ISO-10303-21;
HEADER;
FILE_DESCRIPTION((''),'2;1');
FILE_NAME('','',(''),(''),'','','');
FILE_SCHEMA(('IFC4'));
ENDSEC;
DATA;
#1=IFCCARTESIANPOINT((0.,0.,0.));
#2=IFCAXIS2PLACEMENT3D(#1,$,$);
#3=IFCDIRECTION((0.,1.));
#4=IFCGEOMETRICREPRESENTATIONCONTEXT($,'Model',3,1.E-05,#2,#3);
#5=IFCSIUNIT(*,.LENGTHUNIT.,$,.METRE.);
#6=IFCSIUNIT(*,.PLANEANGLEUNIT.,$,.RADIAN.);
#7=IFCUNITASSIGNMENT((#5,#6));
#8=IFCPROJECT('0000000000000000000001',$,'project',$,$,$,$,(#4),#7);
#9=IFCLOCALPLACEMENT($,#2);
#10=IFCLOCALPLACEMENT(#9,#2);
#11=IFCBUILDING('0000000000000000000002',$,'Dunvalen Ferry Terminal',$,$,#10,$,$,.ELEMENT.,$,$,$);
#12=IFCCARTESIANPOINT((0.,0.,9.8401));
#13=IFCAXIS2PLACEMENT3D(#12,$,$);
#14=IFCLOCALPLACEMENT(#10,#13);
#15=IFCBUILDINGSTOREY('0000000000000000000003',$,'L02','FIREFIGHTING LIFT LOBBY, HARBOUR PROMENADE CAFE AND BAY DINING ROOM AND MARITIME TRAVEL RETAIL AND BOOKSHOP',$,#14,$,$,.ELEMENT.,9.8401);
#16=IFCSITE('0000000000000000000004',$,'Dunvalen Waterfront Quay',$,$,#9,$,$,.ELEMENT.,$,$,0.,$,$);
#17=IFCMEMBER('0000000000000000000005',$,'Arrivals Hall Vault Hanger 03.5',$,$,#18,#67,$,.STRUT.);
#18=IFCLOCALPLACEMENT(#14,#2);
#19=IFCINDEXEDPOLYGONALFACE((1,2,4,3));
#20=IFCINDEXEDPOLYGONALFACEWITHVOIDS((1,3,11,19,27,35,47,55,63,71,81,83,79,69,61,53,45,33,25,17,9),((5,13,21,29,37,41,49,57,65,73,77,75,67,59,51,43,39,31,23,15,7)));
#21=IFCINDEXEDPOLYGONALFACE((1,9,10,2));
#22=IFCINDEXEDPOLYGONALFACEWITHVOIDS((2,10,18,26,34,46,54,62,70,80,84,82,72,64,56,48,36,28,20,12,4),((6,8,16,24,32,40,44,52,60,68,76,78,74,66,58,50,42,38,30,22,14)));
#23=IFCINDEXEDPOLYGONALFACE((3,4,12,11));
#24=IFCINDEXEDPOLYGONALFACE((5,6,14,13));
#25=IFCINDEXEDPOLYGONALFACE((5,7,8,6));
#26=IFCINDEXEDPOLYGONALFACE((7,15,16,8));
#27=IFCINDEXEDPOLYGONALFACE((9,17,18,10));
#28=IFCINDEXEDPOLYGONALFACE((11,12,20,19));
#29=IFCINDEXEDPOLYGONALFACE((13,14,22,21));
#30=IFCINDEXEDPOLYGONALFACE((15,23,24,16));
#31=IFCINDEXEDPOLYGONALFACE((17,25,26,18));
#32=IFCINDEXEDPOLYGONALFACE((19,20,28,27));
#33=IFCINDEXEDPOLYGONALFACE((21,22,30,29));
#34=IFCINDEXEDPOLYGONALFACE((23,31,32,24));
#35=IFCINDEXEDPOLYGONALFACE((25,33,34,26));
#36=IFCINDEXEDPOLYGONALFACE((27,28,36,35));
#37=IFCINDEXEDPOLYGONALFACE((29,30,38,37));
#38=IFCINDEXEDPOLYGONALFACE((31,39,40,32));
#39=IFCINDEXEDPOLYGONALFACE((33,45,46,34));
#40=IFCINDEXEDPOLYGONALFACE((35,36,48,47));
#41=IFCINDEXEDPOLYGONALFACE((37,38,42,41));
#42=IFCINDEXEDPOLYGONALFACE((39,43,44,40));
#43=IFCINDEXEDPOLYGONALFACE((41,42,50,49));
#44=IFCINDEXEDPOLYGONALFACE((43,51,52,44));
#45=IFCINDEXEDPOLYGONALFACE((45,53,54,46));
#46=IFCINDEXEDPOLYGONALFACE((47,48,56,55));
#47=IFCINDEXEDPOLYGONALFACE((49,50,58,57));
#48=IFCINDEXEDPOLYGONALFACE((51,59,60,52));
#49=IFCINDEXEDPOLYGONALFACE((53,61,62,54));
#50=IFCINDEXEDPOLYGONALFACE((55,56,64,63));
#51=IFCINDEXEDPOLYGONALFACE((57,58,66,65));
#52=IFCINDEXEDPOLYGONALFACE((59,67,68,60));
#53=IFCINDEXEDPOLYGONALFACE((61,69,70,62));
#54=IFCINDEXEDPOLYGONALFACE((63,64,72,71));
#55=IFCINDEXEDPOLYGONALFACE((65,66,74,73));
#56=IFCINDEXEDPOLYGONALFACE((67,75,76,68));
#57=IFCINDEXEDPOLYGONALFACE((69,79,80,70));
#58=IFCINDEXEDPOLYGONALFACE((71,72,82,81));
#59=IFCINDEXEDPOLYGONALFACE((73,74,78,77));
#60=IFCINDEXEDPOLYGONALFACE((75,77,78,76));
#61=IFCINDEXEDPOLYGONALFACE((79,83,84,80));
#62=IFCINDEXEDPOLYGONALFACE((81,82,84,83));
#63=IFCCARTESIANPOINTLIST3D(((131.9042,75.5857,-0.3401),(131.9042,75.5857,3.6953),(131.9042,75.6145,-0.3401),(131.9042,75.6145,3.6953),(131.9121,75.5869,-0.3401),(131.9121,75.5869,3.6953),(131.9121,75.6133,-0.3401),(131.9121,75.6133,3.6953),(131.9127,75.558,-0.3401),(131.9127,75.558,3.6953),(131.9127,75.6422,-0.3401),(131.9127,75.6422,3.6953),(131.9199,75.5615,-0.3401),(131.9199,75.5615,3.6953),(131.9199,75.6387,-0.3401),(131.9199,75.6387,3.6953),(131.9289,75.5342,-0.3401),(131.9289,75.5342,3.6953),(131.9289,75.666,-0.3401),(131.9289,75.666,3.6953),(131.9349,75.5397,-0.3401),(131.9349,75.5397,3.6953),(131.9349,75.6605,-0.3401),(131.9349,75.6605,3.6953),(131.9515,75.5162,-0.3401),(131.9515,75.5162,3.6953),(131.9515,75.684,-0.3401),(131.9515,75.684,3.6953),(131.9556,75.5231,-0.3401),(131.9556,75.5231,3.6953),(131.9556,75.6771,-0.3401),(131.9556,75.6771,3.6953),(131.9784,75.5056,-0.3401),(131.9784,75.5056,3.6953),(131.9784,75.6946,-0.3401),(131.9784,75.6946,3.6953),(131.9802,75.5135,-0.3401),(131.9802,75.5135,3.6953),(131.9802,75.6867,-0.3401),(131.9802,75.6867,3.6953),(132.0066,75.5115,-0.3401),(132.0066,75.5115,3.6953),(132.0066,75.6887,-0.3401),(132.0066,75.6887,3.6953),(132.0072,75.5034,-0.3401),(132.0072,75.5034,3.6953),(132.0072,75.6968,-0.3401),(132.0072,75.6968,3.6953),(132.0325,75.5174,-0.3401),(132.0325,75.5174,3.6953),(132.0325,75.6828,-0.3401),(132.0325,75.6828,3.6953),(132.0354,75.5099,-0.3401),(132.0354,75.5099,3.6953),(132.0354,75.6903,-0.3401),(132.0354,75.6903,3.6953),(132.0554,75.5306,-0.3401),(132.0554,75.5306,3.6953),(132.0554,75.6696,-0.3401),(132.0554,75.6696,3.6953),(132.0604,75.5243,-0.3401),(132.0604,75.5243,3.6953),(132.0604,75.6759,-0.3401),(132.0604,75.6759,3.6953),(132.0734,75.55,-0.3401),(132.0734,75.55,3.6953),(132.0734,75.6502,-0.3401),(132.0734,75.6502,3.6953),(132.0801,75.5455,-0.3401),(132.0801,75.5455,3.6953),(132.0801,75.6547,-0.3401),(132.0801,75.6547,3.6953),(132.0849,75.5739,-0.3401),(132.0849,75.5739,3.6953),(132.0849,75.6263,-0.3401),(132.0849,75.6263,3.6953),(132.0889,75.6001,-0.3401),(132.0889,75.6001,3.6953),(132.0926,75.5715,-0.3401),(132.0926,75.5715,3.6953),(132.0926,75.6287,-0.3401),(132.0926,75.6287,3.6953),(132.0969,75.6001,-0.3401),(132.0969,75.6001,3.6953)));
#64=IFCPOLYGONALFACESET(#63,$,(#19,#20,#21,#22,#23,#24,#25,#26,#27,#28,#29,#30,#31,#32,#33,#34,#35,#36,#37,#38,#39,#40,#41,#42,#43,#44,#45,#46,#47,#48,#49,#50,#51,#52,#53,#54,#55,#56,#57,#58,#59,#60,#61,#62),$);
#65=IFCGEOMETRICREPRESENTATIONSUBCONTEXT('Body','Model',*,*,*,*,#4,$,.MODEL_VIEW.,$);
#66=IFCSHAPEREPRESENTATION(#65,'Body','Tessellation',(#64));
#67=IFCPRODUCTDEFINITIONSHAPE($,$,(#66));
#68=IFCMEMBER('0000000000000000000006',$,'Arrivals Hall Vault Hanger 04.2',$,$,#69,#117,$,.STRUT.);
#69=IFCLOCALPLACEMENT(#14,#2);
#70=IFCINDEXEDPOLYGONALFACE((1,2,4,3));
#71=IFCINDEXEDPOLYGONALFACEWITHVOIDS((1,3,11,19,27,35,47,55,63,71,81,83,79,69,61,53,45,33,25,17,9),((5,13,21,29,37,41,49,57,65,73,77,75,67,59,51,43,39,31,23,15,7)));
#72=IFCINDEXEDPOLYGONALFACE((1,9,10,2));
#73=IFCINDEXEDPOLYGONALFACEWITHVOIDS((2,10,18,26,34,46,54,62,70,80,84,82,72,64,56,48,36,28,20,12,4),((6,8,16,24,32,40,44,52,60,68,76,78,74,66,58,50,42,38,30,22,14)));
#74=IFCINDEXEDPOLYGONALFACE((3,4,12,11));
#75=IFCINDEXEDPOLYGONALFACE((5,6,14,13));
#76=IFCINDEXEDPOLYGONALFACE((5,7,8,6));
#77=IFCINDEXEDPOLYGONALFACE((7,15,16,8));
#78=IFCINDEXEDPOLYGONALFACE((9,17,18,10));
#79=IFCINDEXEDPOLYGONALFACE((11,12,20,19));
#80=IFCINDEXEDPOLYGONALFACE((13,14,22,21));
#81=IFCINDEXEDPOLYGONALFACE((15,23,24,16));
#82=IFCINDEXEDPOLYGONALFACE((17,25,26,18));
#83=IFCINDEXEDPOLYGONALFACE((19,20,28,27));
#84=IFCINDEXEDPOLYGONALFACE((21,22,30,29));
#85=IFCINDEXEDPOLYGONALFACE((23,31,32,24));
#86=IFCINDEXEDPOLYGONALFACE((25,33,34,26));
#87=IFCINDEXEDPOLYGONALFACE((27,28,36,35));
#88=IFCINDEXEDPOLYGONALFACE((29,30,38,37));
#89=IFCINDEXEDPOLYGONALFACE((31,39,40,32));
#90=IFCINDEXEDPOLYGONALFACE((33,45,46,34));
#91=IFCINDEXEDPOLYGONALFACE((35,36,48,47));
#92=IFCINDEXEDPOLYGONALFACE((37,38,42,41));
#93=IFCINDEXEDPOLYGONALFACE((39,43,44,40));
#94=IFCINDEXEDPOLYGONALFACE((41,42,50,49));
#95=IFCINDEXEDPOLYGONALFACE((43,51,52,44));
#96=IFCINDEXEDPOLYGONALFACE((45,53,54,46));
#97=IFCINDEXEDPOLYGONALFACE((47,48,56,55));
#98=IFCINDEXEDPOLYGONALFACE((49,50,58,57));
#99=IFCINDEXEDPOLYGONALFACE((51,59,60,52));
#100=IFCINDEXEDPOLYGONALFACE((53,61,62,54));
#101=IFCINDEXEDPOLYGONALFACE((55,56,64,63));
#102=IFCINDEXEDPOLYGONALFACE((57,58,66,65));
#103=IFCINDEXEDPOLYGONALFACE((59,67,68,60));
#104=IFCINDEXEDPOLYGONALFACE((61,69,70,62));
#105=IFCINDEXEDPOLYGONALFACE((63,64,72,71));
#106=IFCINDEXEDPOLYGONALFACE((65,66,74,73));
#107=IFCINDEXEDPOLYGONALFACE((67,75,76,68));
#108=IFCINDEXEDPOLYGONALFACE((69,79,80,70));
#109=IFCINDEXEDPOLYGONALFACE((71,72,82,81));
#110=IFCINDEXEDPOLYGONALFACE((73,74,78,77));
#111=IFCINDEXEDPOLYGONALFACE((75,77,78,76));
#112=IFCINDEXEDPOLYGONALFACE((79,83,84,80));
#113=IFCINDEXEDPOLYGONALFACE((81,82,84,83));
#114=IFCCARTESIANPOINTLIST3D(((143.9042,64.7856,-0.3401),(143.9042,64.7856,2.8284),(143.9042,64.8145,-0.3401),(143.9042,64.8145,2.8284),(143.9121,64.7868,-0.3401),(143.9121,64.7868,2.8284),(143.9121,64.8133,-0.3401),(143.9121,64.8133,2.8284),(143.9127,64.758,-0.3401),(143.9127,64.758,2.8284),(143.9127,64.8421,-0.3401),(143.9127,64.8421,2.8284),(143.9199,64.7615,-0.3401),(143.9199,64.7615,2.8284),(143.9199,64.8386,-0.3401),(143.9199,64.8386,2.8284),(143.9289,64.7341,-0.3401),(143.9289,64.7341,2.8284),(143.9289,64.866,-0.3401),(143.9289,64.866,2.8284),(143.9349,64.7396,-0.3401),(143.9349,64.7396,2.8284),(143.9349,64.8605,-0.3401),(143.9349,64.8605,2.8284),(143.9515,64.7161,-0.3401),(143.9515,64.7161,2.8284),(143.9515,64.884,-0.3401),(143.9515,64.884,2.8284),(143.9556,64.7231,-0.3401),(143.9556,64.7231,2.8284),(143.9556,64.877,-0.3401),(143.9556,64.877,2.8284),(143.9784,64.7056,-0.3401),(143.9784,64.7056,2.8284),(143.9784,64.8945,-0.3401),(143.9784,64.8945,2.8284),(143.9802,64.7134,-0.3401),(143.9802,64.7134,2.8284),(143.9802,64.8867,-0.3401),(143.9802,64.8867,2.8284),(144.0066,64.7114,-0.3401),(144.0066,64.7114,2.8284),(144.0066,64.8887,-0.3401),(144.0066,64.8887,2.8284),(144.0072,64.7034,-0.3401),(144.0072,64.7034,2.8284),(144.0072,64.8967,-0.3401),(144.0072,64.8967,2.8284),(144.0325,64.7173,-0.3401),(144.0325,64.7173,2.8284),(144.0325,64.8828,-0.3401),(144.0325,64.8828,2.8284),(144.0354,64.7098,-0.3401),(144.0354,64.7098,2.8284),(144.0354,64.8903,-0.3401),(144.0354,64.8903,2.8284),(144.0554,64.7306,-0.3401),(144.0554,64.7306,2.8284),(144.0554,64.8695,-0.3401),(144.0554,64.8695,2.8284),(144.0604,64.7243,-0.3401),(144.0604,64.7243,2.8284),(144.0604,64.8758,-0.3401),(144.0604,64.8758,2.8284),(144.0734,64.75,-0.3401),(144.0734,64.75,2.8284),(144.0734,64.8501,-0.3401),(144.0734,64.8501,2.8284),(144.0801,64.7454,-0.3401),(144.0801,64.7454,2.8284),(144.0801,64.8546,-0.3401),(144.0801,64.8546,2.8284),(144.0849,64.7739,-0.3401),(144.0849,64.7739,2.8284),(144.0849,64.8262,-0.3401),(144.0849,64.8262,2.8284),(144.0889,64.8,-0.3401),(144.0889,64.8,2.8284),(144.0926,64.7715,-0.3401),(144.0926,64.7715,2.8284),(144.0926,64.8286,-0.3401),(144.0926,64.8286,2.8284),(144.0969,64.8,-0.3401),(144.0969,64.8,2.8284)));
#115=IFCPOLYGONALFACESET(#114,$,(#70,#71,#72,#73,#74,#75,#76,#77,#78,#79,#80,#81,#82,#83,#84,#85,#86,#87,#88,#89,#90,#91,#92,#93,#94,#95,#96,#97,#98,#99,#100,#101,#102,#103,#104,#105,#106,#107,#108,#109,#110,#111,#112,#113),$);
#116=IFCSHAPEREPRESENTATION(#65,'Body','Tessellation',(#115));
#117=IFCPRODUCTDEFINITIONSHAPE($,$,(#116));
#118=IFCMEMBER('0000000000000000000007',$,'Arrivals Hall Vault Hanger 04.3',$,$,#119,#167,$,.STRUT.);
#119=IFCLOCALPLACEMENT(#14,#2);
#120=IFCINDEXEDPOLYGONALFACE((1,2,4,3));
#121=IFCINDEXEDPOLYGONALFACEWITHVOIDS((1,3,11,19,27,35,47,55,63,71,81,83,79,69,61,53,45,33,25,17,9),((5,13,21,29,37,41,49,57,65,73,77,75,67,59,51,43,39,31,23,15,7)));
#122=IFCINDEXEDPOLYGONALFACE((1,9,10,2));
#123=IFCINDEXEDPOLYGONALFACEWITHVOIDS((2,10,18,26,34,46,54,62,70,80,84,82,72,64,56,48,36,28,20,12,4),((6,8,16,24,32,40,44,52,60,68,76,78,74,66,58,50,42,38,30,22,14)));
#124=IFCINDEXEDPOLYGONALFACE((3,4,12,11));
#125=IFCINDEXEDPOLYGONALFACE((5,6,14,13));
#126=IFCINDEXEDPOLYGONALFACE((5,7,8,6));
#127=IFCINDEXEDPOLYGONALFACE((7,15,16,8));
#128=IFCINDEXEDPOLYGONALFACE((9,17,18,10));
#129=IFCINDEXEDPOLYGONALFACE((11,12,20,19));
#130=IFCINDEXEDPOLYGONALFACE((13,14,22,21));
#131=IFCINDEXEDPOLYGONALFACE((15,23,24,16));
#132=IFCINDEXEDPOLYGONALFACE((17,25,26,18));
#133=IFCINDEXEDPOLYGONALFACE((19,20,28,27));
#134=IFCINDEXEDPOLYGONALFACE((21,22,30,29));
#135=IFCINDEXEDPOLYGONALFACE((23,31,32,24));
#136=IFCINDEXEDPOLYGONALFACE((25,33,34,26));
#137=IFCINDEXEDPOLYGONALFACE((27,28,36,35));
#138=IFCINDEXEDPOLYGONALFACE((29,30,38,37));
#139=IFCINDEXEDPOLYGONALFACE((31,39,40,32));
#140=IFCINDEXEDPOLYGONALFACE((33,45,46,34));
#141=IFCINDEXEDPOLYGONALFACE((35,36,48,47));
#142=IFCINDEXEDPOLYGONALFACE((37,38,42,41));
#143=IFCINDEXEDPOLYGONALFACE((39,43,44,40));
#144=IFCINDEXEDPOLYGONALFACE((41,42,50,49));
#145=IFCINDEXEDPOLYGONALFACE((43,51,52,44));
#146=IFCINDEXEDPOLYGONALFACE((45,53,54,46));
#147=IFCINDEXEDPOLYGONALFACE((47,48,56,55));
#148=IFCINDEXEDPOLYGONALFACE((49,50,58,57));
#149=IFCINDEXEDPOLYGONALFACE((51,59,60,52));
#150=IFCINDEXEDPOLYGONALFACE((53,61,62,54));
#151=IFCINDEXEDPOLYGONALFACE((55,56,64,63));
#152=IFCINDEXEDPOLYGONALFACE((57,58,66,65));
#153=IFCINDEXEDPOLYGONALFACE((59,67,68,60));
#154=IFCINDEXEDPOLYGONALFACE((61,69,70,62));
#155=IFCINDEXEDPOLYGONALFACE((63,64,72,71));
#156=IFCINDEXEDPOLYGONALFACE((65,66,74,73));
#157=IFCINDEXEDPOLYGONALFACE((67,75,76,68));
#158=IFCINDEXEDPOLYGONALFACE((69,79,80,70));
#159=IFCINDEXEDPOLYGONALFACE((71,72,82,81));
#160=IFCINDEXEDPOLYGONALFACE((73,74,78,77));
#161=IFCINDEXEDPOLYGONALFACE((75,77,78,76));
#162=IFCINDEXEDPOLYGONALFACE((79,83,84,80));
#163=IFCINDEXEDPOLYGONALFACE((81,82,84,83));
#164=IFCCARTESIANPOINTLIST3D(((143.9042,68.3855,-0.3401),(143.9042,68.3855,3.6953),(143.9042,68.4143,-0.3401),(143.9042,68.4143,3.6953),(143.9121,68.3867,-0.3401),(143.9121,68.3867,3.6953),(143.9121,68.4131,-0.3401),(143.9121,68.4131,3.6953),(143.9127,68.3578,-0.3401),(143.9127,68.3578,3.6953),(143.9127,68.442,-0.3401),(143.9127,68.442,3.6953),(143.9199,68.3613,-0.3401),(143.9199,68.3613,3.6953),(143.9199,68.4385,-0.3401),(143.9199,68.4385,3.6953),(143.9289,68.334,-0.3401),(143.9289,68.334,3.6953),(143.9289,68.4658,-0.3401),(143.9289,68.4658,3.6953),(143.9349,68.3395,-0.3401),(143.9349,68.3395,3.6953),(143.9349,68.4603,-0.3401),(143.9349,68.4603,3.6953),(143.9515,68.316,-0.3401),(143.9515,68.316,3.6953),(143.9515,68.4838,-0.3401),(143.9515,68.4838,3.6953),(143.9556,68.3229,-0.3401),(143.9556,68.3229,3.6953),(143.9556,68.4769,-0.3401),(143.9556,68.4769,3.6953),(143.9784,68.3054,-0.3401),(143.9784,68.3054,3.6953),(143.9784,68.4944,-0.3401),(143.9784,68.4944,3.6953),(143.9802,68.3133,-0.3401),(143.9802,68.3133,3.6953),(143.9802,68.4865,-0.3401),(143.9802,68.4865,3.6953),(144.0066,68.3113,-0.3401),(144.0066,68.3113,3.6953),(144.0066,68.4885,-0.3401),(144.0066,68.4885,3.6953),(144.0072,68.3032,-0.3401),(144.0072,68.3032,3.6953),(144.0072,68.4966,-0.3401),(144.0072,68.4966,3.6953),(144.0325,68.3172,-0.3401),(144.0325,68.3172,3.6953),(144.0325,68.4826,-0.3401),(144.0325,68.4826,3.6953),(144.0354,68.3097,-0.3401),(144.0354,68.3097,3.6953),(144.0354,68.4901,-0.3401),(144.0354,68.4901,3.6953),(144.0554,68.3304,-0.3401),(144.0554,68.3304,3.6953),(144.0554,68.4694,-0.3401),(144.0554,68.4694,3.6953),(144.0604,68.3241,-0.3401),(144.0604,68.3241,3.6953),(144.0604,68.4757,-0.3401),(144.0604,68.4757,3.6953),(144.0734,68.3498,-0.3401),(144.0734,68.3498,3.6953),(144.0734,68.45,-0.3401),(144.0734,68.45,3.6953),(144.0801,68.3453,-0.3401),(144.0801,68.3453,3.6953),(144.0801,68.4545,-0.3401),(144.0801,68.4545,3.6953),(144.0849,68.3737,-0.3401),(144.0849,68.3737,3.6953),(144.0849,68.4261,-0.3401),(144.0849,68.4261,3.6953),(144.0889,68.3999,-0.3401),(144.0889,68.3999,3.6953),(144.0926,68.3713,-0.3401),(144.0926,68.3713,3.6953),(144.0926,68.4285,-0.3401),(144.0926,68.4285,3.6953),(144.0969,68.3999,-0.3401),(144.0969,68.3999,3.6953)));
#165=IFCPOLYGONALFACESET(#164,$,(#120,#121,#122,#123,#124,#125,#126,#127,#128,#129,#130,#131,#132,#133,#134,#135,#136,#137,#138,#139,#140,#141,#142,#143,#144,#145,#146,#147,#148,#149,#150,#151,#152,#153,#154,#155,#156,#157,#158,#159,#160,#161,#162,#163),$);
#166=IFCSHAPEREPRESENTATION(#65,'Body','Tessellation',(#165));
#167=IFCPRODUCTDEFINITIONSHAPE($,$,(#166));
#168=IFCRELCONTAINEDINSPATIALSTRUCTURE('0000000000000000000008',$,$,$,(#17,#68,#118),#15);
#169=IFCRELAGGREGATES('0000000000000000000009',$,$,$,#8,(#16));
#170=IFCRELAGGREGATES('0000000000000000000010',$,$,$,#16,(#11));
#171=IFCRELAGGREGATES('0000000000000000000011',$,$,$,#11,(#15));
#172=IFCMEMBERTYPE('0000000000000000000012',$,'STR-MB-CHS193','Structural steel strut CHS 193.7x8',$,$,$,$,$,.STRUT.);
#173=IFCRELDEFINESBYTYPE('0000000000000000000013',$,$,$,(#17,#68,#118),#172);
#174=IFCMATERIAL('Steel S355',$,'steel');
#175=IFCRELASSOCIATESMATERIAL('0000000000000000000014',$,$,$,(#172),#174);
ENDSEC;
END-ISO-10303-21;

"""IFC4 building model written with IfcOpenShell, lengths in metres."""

from ifc_helpers import new_model, si_unit, direction, frame, origin, origin_2d, place, context, subcontext, project, spatial, hollow_circle, extrude, material, material_profile, profile_set, type_object, element, save


model = new_model("IFC4")

# Units and contexts
model_context = context("Model", 3, precision=1e-05, world=origin(), true_north=direction((0.0, 1.0)))
body_context = subcontext(model_context, "Body", "Model", "MODEL_VIEW")
ifc_project = project(units=[si_unit("LENGTHUNIT", "METRE"), si_unit("PLANEANGLEUNIT", "RADIAN")], contexts=[model_context])

# Site, building, storey
site_placement = place(None, origin())
site = spatial("IfcSite", under=ifc_project, at=site_placement, Name="Dunvalen Waterfront Quay", CompositionType="ELEMENT", RefElevation=0.0)
building_placement = place(site_placement, origin())
building = spatial("IfcBuilding", under=site, at=building_placement, Name="Dunvalen Ferry Terminal", CompositionType="ELEMENT")
storey_placement = place(building_placement, frame((0.0, 0.0, 9.8401)))
storey = spatial("IfcBuildingStorey", under=building, at=storey_placement, Name="L02", Description="FIREFIGHTING LIFT LOBBY, HARBOUR PROMENADE CAFE AND BAY DINING ROOM AND MARITIME TRAVEL RETAIL AND BOOKSHOP", CompositionType="ELEMENT", Elevation=9.8401)

# Shared definitions
ifc_material_1 = material(Name="Steel S355", Category="steel")

# Members
ifc_material_profile_1 = material_profile(ifc_material_1, hollow_circle(Radius=0.0969, WallThickness=0.0081, at=origin_2d()), Name="Steel S355")
ifc_profile_set_1 = profile_set([ifc_material_profile_1], Name="Steel S355")
member_type_1 = type_object("IfcMemberType", Name="STR-MB-CHS193", Description="Structural steel strut CHS 193.7x8", PredefinedType="STRUT", material=ifc_profile_set_1)
member_1_placement = place(storey_placement, frame((132.0, 75.6001, -0.3401), z_axis=(0.0, 0.0, 1.0), x_axis=(1.0, 0.0, 0.0)))
element("IfcMember", 1, at=member_1_placement, inside=storey, type_object=member_type_1, Name="Arrivals Hall Vault Hanger 03.5", PredefinedType="STRUT", context=body_context, shape_type="SweptSolid", body=[
    extrude(hollow_circle(Radius=0.0969, WallThickness=0.0081, at=origin_2d()), origin(), (0.0, 0.0, 1.0), 4.0354),
])
member_2_placement = place(storey_placement, frame((144.0, 64.8, -0.3401), z_axis=(0.0, 0.0, 1.0), x_axis=(1.0, 0.0, 0.0)))
element("IfcMember", 2, at=member_2_placement, inside=storey, type_object=member_type_1, Name="Arrivals Hall Vault Hanger 04.2", PredefinedType="STRUT", context=body_context, shape_type="SweptSolid", body=[
    extrude(hollow_circle(Radius=0.0969, WallThickness=0.0081, at=origin_2d()), origin(), (0.0, 0.0, 1.0), 3.1685),
])
member_3_placement = place(storey_placement, frame((144.0, 68.3999, -0.3401), z_axis=(0.0, 0.0, 1.0), x_axis=(1.0, 0.0, 0.0)))
element("IfcMember", 3, at=member_3_placement, inside=storey, type_object=member_type_1, Name="Arrivals Hall Vault Hanger 04.3", PredefinedType="STRUT", context=body_context, shape_type="SweptSolid", body=[
    extrude(hollow_circle(Radius=0.0969, WallThickness=0.0081, at=origin_2d()), origin(), (0.0, 0.0, 1.0), 4.0354),
])

save(model, "model.ifc")
